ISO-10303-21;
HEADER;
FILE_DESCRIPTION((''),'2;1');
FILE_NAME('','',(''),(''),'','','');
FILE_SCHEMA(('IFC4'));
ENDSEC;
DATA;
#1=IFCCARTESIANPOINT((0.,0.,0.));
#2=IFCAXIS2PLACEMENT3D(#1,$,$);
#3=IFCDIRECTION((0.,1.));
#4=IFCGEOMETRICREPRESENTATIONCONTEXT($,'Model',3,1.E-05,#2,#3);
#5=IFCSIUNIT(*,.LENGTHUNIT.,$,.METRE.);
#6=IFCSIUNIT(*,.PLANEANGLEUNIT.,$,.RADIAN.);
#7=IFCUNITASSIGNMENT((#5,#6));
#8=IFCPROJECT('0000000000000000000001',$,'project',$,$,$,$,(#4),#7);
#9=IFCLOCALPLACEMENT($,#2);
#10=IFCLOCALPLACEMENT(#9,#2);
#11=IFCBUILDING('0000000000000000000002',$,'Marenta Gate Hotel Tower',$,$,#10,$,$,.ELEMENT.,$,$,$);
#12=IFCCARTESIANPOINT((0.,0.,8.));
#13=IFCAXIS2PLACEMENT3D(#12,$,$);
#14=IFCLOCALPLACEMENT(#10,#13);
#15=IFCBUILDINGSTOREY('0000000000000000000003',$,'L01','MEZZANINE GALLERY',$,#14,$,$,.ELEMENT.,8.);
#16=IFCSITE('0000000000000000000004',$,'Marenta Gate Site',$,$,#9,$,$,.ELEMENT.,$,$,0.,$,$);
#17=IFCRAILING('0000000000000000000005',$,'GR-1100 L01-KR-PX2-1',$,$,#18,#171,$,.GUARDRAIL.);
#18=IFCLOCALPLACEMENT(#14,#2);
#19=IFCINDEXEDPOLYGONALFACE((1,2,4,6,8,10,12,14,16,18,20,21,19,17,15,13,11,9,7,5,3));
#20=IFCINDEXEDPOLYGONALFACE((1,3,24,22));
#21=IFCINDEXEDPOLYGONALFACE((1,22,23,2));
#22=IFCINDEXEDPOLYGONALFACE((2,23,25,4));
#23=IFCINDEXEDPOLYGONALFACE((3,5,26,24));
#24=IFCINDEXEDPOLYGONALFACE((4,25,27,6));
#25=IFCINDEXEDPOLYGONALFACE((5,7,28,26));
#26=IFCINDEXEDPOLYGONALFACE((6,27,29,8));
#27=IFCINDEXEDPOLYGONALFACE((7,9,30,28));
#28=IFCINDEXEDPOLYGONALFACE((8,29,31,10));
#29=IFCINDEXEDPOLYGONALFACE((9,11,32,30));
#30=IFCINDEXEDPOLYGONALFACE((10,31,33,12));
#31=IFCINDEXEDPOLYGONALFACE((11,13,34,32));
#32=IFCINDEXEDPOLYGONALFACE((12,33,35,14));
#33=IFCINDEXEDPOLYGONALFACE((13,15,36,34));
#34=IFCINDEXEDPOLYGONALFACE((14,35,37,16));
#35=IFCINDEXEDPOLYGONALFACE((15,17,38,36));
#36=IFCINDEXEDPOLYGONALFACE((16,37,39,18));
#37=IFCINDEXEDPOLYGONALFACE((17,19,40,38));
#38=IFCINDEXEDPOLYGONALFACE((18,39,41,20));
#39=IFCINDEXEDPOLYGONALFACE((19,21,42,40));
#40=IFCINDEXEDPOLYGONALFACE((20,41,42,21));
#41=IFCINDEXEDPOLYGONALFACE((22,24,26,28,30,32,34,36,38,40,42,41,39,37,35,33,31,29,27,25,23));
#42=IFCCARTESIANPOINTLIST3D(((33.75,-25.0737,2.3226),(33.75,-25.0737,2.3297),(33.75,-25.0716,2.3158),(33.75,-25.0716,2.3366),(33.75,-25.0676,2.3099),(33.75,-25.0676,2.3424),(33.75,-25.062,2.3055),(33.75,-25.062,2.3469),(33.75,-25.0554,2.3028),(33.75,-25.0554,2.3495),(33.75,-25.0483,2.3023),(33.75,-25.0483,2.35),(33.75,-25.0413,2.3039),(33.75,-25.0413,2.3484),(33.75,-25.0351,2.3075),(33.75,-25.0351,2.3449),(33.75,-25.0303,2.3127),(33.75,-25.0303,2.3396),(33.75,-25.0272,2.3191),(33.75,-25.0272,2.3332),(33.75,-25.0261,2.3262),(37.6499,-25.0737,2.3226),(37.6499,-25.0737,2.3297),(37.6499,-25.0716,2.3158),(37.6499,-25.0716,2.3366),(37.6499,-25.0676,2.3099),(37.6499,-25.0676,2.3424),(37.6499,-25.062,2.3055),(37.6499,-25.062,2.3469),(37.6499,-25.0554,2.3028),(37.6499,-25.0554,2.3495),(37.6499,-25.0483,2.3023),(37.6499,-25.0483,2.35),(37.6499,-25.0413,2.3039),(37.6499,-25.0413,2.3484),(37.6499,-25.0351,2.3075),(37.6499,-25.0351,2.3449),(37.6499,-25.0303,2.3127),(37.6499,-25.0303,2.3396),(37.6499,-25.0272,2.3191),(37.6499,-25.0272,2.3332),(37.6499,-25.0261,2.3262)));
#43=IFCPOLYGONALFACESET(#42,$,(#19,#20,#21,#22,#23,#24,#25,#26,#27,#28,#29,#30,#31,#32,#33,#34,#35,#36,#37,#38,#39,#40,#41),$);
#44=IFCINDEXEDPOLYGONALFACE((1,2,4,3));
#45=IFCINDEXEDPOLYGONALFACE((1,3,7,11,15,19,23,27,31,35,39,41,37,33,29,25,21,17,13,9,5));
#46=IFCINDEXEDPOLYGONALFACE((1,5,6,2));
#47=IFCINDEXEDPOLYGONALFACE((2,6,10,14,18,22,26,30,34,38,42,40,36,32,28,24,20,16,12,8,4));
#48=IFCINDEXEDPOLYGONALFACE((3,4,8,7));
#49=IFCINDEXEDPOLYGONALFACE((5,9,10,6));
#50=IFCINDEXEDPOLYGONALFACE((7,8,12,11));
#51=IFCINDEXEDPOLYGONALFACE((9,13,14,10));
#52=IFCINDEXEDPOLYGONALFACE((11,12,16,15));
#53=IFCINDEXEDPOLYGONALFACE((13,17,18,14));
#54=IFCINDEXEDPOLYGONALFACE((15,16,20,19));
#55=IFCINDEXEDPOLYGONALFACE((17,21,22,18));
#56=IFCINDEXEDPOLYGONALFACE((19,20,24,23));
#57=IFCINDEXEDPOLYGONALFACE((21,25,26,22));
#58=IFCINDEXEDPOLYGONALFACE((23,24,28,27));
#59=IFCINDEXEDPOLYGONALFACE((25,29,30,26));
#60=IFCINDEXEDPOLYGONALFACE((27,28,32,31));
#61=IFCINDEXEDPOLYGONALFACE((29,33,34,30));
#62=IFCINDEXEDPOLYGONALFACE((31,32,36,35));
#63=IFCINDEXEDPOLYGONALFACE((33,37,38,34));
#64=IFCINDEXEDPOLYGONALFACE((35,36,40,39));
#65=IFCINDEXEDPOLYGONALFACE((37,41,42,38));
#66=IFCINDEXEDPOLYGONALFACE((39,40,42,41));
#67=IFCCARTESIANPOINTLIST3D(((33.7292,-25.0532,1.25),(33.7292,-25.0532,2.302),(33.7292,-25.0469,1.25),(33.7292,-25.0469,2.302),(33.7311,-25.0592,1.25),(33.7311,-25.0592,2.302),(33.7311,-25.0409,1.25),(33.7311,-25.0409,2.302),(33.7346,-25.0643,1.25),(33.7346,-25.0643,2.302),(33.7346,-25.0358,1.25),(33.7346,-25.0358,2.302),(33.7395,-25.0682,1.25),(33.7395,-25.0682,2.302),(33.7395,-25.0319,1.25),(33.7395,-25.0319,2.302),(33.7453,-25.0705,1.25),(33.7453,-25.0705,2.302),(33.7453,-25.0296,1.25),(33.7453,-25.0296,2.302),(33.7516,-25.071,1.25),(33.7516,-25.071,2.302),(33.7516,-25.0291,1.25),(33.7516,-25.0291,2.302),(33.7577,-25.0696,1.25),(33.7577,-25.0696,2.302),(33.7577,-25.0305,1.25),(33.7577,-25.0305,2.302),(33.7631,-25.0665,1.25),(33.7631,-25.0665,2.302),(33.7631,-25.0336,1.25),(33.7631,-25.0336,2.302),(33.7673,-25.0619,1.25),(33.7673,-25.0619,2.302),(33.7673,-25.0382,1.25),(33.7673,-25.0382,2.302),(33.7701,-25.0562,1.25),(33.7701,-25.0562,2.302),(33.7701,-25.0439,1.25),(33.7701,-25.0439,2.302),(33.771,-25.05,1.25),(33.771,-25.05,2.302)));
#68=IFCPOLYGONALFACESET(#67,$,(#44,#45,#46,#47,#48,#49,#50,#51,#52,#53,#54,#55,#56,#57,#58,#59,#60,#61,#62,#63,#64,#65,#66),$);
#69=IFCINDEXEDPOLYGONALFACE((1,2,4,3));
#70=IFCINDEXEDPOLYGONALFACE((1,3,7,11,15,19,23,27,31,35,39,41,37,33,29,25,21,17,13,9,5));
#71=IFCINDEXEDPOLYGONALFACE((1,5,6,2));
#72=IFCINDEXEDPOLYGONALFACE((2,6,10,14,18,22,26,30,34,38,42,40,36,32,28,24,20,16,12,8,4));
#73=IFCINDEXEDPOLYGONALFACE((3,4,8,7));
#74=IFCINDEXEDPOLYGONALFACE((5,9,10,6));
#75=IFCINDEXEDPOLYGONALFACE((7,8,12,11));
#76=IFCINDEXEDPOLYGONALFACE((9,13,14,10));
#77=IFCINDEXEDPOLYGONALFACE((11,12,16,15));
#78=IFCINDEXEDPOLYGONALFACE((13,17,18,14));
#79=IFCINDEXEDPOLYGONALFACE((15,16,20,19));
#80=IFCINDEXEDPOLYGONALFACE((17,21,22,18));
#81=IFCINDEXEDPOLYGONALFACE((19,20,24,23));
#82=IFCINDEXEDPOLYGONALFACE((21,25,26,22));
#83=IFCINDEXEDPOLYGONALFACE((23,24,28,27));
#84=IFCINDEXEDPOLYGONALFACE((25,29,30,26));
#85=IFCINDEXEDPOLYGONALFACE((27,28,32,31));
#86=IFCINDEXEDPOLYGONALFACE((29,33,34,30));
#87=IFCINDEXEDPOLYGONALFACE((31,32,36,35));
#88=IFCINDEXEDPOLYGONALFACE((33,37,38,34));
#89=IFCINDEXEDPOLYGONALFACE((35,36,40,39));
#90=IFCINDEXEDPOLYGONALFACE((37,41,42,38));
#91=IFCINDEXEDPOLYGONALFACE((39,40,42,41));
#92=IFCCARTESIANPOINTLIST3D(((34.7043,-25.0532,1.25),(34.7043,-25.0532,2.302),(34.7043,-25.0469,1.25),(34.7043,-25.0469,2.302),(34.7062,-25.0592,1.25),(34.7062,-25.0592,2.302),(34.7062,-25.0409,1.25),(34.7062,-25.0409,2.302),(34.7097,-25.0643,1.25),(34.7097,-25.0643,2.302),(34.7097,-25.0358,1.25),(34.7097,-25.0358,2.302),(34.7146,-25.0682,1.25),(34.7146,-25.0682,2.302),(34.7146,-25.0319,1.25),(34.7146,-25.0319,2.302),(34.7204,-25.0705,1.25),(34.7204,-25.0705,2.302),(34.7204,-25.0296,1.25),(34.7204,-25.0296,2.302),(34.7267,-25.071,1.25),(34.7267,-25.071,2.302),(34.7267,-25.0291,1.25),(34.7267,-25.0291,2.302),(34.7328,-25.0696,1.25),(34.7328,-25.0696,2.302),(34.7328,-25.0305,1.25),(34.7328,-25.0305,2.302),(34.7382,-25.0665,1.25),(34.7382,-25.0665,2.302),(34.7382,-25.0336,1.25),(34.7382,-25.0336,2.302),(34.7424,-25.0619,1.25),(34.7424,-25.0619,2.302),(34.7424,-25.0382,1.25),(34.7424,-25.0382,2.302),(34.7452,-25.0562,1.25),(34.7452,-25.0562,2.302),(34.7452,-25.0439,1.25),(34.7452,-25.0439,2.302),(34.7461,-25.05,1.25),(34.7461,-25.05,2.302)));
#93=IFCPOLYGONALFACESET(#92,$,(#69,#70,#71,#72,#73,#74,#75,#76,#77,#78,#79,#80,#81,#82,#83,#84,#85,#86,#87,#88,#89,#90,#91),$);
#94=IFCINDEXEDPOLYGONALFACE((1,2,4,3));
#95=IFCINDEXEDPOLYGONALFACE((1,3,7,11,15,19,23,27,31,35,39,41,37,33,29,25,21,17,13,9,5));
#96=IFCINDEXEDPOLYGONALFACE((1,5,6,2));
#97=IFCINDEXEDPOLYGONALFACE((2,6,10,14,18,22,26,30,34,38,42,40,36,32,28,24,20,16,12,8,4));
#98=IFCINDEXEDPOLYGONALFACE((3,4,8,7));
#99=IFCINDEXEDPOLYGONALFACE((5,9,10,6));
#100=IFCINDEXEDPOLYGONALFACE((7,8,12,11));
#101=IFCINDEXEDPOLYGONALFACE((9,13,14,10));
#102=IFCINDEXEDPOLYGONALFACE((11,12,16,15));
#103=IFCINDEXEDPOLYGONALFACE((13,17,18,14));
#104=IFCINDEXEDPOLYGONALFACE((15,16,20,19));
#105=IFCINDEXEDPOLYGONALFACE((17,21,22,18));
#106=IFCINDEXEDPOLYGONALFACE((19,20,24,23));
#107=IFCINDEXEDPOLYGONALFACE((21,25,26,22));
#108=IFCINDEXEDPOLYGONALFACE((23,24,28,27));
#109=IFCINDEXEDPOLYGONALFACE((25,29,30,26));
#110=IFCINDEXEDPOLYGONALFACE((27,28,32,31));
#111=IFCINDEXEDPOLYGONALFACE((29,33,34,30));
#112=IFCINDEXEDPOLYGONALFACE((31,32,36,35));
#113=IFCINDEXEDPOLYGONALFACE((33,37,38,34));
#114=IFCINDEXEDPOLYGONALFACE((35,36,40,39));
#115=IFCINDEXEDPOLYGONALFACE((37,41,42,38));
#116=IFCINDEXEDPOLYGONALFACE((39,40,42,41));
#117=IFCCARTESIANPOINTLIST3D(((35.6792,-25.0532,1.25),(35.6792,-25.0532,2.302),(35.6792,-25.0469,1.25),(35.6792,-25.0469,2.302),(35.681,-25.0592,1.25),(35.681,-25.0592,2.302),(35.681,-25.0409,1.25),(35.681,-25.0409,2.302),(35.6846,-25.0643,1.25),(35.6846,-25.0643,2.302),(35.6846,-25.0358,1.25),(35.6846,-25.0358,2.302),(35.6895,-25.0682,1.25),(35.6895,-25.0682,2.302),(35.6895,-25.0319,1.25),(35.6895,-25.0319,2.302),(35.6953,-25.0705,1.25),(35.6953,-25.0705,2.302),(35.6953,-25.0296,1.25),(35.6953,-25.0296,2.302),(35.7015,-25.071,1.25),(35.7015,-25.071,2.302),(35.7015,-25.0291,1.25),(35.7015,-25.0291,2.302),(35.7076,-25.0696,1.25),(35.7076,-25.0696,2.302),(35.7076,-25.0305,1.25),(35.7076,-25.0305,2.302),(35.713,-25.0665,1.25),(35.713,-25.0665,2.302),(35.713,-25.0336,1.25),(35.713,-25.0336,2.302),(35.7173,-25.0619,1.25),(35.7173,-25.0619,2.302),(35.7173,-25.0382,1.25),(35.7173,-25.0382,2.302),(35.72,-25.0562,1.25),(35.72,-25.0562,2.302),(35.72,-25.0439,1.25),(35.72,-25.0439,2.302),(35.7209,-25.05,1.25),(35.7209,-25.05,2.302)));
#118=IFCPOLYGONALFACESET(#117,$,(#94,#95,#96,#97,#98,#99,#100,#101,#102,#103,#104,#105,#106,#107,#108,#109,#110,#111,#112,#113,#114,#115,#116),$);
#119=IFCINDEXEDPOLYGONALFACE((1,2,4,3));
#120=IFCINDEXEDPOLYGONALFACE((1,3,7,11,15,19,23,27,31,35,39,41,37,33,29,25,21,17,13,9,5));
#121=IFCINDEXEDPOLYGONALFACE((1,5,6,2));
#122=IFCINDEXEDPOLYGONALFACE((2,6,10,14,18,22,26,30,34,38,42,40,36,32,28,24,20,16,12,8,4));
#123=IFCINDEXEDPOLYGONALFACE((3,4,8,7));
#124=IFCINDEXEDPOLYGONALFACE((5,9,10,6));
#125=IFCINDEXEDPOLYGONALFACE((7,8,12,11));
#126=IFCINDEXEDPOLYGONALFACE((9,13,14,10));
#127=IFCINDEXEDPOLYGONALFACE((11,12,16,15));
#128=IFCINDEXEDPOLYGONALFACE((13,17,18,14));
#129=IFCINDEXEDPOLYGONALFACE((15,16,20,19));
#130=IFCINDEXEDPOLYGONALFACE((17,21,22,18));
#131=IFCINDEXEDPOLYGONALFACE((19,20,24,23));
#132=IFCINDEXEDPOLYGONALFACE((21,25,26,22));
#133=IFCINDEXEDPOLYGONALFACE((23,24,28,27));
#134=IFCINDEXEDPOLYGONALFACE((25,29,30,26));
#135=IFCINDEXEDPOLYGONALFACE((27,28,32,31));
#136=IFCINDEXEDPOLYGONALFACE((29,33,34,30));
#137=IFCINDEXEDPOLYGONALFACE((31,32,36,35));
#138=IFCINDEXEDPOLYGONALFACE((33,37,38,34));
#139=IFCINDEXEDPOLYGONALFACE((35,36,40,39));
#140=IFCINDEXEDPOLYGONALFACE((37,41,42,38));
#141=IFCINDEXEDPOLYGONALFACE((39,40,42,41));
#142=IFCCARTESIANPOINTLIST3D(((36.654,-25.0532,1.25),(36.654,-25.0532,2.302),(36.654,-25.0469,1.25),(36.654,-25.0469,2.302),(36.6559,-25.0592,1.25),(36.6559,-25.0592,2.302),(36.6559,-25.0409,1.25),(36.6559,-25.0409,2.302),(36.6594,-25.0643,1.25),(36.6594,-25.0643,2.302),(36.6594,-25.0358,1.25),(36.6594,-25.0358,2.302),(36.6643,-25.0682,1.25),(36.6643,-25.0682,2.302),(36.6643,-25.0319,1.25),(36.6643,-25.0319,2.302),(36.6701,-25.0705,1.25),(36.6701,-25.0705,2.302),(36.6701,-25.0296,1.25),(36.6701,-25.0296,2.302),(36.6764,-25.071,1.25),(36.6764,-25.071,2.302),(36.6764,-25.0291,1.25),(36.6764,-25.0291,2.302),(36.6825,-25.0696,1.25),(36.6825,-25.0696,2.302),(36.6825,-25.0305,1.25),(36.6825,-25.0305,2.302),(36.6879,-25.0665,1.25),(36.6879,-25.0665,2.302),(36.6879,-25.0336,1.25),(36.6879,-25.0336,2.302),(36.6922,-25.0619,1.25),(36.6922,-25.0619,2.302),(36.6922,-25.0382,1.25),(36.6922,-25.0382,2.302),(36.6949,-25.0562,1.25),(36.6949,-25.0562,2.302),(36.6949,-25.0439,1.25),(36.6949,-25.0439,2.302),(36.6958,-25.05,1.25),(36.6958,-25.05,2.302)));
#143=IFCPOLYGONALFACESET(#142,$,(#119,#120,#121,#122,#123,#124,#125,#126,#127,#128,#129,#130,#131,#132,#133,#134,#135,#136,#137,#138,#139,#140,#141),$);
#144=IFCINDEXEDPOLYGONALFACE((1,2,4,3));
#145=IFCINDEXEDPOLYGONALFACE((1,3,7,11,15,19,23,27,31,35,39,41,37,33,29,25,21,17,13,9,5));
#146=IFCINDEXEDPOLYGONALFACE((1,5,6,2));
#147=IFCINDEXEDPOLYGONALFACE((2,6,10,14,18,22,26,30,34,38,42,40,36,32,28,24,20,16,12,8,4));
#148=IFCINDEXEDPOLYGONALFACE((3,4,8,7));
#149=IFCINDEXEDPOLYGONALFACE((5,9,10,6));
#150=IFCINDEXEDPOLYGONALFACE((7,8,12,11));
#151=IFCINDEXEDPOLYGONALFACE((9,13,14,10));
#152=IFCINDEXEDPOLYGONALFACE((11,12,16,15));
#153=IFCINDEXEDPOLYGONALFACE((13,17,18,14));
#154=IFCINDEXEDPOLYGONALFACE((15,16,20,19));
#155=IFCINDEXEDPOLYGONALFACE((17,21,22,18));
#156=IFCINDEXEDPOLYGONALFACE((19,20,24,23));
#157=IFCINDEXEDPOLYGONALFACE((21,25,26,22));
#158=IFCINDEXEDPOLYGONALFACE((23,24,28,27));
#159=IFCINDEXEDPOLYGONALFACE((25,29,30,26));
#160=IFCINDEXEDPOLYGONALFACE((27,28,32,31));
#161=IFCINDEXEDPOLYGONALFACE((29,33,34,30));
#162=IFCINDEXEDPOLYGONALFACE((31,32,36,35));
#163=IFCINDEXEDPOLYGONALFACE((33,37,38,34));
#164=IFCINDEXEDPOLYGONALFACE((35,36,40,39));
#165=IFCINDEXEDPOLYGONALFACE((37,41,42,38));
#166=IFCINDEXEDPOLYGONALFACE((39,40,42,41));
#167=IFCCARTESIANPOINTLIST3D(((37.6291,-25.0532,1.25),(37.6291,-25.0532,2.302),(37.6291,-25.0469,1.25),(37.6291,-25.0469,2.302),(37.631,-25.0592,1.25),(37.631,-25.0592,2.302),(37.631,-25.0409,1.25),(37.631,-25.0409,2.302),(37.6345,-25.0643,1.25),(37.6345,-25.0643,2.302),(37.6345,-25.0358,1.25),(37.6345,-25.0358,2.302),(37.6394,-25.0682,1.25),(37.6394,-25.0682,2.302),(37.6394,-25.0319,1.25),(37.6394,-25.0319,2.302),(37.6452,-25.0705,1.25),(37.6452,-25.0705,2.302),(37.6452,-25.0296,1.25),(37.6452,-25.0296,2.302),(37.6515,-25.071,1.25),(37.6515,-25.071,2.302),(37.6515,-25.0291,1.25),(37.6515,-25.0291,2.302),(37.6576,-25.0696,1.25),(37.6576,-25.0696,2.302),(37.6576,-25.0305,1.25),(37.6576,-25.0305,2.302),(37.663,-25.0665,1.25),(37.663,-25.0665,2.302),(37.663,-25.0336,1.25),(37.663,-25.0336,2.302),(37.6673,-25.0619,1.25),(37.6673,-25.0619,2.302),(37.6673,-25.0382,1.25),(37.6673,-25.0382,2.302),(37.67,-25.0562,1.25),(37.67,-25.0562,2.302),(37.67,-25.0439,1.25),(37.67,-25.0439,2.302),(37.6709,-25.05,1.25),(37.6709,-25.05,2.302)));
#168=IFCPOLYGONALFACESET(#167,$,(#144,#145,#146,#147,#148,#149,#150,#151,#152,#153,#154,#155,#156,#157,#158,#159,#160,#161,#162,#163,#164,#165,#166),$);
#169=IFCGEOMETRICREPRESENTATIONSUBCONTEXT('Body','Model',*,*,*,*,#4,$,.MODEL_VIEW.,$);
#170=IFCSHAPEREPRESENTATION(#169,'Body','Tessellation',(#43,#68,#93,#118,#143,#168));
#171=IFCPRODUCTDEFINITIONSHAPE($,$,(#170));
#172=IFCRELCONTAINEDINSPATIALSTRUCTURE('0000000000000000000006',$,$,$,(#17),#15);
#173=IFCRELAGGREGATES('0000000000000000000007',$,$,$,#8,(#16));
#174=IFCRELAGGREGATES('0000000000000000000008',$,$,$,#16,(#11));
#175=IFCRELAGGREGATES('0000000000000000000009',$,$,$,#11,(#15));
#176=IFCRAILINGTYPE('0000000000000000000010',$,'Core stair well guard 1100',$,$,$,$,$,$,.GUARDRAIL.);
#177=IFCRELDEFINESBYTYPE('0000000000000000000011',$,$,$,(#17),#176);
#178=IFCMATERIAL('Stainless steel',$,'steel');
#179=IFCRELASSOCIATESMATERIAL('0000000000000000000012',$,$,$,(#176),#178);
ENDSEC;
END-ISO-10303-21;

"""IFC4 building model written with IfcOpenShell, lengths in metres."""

from ifc_helpers import new_model, si_unit, direction, frame, origin, origin_2d, place, context, subcontext, project, spatial, circle, extrude, material, type_object, element, save


model = new_model("IFC4")

# Units and contexts
model_context = context("Model", 3, precision=1e-05, world=origin(), true_north=direction((0.0, 1.0)))
body_context = subcontext(model_context, "Body", "Model", "MODEL_VIEW")
ifc_project = project(units=[si_unit("LENGTHUNIT", "METRE"), si_unit("PLANEANGLEUNIT", "RADIAN")], contexts=[model_context])

# Site, building, storey
site_placement = place(None, origin())
site = spatial("IfcSite", under=ifc_project, at=site_placement, Name="Marenta Gate Site", CompositionType="ELEMENT", RefElevation=0.0)
building_placement = place(site_placement, origin())
building = spatial("IfcBuilding", under=site, at=building_placement, Name="Marenta Gate Hotel Tower", CompositionType="ELEMENT")
storey_placement = place(building_placement, frame((0.0, 0.0, 8.0)))
storey = spatial("IfcBuildingStorey", under=building, at=storey_placement, Name="L01", Description="MEZZANINE GALLERY", CompositionType="ELEMENT", Elevation=8.0)

# Railing
ifc_material_1 = material(Name="Stainless steel", Category="steel")
railing_type_1 = type_object("IfcRailingType", Name="Core stair well guard 1100", PredefinedType="GUARDRAIL", material=ifc_material_1)
railing_1_placement = place(storey_placement, frame((33.75, -25.05, 1.25)))
element("IfcRailing", 1, at=railing_1_placement, inside=storey, type_object=railing_type_1, Name="GR-1100 L01-KR-PX2-1", PredefinedType="GUARDRAIL", context=body_context, shape_type="SweptSolid", body=[
    extrude(circle(Radius=0.0239, at=origin_2d()), frame((0.0, 0.0, 1.0762), z_axis=(1.0, 0.0, 0.0), x_axis=(0.0, 1.0, 0.0)), (0.0, 0.0, 1.0), 3.8999),
    extrude(circle(Radius=0.021, at=origin_2d()), origin(), (0.0, 0.0, 1.0), 1.052),
    extrude(circle(Radius=0.021, at=origin_2d()), frame((0.9751, 0.0, 0.0)), (0.0, 0.0, 1.0), 1.052),
    extrude(circle(Radius=0.021, at=origin_2d()), frame((1.95, 0.0, 0.0)), (0.0, 0.0, 1.0), 1.052),
    extrude(circle(Radius=0.021, at=origin_2d()), frame((2.9248, 0.0, 0.0)), (0.0, 0.0, 1.0), 1.052),
    extrude(circle(Radius=0.021, at=origin_2d()), frame((3.8999, 0.0, 0.0)), (0.0, 0.0, 1.0), 1.052),
])

save(model, "model.ifc")
